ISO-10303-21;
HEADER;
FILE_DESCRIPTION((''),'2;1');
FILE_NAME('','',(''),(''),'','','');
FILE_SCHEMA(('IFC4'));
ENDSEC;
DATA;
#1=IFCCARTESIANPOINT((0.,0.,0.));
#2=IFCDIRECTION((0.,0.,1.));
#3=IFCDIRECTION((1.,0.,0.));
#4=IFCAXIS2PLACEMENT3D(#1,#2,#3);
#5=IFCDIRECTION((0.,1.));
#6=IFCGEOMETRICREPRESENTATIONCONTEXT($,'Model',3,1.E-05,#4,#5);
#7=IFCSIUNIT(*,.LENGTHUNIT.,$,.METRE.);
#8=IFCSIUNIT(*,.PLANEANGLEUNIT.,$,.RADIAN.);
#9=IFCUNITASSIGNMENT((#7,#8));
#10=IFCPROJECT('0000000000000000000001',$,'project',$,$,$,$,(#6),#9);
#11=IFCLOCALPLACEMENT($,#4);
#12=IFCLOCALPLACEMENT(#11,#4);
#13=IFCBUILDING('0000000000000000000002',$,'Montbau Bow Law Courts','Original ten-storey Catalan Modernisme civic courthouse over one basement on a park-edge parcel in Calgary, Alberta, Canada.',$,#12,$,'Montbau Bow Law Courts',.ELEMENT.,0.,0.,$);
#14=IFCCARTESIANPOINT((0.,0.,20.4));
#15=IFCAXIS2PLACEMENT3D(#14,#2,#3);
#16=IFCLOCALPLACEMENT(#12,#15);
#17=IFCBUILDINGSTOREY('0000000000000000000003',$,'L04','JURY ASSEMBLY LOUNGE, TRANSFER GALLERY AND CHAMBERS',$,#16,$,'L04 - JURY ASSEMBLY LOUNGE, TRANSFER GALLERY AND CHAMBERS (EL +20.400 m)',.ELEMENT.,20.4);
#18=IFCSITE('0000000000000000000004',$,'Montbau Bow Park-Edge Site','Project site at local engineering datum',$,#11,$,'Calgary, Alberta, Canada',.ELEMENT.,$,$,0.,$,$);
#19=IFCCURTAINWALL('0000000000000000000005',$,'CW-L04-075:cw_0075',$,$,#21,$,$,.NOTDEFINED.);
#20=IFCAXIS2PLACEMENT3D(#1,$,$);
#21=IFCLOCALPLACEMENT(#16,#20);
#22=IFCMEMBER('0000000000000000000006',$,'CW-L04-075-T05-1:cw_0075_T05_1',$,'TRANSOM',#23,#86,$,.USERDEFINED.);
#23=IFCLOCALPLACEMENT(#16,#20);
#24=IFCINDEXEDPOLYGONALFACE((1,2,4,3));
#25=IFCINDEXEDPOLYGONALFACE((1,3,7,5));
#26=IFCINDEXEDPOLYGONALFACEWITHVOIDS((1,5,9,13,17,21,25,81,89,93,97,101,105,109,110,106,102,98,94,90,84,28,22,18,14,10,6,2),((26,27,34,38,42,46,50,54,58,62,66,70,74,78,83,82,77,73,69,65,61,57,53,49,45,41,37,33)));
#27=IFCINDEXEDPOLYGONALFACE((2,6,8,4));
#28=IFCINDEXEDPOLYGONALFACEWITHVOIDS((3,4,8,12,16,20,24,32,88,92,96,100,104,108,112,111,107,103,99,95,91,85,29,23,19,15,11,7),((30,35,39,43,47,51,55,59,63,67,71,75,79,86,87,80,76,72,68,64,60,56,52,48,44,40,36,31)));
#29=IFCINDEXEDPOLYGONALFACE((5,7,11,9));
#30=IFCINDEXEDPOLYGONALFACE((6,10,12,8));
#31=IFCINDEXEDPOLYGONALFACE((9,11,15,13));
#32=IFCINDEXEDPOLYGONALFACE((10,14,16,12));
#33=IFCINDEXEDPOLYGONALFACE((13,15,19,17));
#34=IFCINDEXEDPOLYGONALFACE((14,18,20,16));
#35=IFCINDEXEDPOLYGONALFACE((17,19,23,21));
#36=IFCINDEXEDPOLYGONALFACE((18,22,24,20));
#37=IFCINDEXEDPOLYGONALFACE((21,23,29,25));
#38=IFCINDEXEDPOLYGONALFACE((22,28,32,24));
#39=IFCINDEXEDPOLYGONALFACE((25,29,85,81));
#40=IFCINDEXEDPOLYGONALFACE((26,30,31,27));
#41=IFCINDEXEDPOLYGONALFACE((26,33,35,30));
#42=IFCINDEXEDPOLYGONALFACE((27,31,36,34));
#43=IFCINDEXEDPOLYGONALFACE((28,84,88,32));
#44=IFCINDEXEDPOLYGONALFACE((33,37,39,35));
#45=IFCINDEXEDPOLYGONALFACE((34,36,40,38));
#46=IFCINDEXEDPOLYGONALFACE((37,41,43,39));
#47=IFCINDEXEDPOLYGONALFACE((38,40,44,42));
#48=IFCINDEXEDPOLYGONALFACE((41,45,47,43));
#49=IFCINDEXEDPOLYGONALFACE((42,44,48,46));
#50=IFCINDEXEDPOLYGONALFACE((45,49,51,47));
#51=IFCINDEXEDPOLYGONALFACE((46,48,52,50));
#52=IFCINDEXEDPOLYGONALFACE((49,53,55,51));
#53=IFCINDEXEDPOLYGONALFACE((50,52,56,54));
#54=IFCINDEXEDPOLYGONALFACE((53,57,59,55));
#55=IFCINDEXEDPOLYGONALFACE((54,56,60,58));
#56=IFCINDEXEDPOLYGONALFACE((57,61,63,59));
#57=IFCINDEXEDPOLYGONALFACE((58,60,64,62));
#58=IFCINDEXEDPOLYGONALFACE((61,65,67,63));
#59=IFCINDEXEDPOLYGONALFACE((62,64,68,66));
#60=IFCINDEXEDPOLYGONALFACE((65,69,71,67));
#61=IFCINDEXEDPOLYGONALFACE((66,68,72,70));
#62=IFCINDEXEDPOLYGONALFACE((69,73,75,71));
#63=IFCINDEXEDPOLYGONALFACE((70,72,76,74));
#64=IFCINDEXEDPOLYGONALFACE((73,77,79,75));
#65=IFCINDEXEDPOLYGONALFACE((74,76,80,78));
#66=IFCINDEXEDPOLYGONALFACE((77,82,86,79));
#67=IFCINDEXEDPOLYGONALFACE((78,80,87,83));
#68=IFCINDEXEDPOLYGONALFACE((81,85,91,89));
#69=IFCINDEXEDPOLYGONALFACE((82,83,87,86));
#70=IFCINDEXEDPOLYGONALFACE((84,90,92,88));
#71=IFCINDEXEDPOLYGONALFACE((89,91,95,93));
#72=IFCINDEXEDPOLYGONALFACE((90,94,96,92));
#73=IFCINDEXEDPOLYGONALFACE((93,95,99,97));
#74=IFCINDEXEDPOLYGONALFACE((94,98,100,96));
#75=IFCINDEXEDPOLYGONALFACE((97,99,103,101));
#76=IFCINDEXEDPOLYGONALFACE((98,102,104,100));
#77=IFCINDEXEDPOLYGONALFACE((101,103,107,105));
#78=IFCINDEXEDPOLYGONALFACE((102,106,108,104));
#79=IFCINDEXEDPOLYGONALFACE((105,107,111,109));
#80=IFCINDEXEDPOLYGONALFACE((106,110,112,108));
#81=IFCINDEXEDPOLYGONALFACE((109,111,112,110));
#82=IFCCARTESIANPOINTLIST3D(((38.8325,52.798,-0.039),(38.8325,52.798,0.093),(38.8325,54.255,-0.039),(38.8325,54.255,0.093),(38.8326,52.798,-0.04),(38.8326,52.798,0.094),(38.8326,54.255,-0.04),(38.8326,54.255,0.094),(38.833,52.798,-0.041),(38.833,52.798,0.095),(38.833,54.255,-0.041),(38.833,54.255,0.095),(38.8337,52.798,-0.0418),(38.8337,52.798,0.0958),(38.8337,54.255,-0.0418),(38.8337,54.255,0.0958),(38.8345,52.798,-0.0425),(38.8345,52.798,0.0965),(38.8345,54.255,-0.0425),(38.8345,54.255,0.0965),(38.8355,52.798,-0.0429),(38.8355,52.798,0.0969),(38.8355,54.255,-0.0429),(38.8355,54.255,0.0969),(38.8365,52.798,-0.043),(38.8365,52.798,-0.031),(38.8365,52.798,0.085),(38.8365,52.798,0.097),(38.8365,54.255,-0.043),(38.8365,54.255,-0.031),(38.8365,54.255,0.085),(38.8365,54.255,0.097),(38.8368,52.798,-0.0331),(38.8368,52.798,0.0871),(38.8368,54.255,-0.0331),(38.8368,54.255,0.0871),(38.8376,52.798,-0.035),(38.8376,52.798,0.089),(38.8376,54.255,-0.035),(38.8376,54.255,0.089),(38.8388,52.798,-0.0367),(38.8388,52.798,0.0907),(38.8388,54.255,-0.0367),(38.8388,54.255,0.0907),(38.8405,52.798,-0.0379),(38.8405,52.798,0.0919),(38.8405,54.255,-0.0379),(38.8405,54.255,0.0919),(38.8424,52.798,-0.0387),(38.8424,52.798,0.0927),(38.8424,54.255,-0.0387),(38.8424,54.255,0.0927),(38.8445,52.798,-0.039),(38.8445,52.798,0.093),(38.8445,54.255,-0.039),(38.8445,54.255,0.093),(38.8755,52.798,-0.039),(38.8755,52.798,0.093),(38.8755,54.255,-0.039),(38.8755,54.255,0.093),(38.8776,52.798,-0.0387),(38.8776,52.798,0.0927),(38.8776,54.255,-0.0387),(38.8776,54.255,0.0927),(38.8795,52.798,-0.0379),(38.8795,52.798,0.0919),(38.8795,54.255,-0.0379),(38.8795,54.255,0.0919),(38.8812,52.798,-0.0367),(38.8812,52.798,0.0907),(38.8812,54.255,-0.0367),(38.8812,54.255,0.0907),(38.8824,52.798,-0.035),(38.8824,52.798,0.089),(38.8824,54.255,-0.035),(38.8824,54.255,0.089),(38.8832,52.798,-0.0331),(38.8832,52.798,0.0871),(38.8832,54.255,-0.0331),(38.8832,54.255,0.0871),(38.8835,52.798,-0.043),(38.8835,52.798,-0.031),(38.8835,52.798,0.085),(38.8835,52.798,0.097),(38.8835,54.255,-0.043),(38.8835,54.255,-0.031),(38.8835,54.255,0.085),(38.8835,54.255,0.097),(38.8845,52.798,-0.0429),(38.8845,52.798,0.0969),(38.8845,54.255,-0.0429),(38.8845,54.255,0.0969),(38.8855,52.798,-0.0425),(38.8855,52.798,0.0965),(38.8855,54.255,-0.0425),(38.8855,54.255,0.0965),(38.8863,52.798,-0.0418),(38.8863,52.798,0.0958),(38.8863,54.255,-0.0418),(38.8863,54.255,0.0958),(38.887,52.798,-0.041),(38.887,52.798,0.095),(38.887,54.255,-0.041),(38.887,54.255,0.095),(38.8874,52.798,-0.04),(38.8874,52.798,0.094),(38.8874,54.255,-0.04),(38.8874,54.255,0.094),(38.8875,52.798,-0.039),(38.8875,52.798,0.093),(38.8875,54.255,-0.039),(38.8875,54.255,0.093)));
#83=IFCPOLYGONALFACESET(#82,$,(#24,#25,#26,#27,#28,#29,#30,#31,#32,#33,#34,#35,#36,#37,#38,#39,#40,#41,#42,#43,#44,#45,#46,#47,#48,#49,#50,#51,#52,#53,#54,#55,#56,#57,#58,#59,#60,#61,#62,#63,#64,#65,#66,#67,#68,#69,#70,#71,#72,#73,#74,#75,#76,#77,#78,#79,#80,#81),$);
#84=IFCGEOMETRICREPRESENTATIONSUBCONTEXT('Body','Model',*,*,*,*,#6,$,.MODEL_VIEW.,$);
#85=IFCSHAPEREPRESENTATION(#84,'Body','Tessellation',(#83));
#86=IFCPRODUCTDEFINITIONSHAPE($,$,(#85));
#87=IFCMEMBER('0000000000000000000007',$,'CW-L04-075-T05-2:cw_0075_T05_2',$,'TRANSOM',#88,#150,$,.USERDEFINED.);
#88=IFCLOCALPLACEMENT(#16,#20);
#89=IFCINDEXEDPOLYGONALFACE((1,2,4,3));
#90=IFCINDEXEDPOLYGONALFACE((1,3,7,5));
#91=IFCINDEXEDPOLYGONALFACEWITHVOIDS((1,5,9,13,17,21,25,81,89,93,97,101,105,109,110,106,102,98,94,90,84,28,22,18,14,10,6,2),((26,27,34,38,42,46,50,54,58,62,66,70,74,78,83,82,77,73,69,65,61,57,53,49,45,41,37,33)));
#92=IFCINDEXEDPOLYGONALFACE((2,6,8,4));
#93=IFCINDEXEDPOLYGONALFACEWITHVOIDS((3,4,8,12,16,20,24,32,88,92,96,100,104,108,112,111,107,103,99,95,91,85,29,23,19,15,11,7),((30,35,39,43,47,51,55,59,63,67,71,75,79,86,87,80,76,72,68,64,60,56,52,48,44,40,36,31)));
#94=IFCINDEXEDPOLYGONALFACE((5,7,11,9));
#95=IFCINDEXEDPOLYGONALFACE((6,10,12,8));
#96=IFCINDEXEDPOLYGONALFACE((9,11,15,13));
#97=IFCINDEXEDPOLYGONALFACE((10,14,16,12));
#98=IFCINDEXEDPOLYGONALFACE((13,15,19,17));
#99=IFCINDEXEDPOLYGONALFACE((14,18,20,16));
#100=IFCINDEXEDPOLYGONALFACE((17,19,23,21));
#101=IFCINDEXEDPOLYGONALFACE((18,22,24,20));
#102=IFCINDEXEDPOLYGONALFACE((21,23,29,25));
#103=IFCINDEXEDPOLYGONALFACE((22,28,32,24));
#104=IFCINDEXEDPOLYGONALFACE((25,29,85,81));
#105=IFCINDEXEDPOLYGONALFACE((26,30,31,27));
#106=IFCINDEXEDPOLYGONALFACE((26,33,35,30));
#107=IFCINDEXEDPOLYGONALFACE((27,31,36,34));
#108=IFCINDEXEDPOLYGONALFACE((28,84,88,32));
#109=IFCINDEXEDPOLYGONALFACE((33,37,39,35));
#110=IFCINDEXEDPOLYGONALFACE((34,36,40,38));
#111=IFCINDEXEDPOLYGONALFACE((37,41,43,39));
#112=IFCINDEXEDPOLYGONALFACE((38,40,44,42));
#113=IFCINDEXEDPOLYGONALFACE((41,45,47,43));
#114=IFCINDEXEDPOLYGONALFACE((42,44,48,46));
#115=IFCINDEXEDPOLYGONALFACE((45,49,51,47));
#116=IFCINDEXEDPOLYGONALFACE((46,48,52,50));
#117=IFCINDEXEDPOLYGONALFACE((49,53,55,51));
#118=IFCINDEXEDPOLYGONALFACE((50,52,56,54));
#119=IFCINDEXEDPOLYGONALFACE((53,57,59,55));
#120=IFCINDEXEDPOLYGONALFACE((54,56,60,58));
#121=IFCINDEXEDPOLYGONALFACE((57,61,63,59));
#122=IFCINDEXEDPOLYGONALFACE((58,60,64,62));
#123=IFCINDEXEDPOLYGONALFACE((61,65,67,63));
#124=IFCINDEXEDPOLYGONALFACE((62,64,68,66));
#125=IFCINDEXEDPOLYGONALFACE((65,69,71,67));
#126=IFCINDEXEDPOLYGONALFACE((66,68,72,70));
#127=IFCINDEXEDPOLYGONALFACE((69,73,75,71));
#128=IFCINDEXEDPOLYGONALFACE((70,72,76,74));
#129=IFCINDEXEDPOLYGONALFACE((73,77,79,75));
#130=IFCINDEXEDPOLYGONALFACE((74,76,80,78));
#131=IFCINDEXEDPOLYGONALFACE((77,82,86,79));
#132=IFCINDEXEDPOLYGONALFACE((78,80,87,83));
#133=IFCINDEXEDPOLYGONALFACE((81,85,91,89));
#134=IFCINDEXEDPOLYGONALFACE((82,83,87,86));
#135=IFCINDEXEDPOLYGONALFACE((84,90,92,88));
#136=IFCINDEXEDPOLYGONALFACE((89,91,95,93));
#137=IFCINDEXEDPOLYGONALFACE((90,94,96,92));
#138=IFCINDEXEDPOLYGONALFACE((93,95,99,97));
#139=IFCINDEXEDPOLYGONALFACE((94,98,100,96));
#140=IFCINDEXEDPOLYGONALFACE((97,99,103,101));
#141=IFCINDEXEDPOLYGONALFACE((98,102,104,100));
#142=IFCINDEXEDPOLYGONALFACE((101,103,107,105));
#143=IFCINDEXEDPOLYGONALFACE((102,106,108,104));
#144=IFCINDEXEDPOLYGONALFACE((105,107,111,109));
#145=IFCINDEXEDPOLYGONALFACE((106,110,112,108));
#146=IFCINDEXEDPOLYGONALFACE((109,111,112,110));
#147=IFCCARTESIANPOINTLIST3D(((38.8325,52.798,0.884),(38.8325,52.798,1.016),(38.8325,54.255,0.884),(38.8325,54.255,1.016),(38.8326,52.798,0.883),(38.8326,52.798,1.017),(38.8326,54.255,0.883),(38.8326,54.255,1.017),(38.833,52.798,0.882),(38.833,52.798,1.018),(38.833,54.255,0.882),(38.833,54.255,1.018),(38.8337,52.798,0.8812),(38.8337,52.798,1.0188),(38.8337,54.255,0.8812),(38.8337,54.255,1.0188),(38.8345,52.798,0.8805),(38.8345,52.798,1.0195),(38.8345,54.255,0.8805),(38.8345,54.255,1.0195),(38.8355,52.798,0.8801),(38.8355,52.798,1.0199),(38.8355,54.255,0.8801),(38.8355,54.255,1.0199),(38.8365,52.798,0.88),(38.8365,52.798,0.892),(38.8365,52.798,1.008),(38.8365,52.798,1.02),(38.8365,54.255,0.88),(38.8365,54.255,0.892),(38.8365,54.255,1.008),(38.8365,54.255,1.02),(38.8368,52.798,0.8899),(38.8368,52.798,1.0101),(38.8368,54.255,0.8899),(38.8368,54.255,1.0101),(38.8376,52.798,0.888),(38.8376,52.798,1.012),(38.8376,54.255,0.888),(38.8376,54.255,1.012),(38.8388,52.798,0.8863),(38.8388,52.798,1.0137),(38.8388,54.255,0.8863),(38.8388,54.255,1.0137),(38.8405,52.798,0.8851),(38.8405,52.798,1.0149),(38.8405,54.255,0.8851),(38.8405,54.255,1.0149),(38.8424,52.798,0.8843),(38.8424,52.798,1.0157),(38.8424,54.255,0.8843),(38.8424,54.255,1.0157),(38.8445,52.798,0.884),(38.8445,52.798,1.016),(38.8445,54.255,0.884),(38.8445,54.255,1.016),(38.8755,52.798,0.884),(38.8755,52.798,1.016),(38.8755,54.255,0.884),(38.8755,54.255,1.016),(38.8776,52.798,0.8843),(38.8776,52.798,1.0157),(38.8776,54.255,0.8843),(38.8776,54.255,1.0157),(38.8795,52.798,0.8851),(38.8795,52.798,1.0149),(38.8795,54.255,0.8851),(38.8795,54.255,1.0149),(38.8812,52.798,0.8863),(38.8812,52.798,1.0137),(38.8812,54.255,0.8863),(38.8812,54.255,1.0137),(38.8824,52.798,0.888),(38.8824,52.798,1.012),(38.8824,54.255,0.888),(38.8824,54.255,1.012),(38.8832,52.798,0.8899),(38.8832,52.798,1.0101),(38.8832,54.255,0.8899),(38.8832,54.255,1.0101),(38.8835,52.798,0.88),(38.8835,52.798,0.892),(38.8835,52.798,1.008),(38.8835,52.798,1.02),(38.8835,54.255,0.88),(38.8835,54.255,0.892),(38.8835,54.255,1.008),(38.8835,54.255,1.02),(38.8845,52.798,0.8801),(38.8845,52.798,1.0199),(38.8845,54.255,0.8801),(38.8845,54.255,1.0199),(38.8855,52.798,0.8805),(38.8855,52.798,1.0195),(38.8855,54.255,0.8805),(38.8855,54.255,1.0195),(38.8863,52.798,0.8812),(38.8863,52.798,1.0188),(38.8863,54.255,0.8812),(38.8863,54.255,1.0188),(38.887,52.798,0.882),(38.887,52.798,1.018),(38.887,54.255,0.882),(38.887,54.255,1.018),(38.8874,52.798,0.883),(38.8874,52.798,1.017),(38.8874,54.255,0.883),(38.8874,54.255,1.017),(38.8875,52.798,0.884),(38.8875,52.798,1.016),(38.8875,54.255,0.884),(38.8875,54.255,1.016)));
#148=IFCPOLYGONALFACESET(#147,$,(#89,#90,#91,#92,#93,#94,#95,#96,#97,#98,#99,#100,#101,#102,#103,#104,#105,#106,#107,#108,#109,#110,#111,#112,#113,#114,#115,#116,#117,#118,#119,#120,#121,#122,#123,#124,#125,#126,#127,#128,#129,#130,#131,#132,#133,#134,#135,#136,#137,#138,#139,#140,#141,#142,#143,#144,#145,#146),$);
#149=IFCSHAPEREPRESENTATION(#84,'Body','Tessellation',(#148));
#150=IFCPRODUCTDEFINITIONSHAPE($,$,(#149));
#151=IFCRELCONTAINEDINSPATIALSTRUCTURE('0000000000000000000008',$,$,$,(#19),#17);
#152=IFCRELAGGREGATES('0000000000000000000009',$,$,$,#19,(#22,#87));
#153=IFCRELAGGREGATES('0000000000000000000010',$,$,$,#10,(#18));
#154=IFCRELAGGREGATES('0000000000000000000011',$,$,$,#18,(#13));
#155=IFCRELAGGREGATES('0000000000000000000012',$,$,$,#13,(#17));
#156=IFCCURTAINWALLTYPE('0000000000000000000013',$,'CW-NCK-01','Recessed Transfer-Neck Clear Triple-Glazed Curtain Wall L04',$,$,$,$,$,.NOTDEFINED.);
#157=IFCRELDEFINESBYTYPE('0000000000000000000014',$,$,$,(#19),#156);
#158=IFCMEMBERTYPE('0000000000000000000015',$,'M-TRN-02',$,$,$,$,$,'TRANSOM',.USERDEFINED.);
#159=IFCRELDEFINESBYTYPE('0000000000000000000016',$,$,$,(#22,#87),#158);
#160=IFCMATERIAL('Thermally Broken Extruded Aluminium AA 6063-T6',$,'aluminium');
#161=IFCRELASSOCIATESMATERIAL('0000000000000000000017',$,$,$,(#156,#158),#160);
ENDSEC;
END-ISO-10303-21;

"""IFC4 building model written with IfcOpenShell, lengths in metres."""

from ifc_helpers import new_model, si_unit, direction, frame, origin_with_axes, origin_2d_with_axis, place, context, subcontext, project, spatial, hollow_rectangle, extrude, material, material_profile, profile_set, type_object, element, aggregate, save


model = new_model("IFC4")

# Units and contexts
model_context = context("Model", 3, precision=1e-05, world=origin_with_axes(), true_north=direction((0.0, 1.0)))
body_context = subcontext(model_context, "Body", "Model", "MODEL_VIEW")
ifc_project = project(units=[si_unit("LENGTHUNIT", "METRE"), si_unit("PLANEANGLEUNIT", "RADIAN")], contexts=[model_context])

# Site, building, storey
site_placement = place(None, origin_with_axes())
site = spatial("IfcSite", under=ifc_project, at=site_placement, Name="Montbau Bow Park-Edge Site", Description="Project site at local engineering datum", LongName="Calgary, Alberta, Canada", CompositionType="ELEMENT", RefElevation=0.0)
building_placement = place(site_placement, origin_with_axes())
building = spatial("IfcBuilding", under=site, at=building_placement, Name="Montbau Bow Law Courts", Description="Original ten-storey Catalan Modernisme civic courthouse over one basement on a park-edge parcel in Calgary, Alberta, Canada.", LongName="Montbau Bow Law Courts", CompositionType="ELEMENT", ElevationOfRefHeight=0.0, ElevationOfTerrain=0.0)
storey_placement = place(building_placement, frame((0.0, 0.0, 20.4), z_axis=(0.0, 0.0, 1.0), x_axis=(1.0, 0.0, 0.0)))
storey = spatial("IfcBuildingStorey", under=building, at=storey_placement, Name="L04", Description="JURY ASSEMBLY LOUNGE, TRANSFER GALLERY AND CHAMBERS", LongName="L04 - JURY ASSEMBLY LOUNGE, TRANSFER GALLERY AND CHAMBERS (EL +20.400 m)", CompositionType="ELEMENT", Elevation=20.4)

# Curtain wall
ifc_material_1 = material(Name="Thermally Broken Extruded Aluminium AA 6063-T6", Category="aluminium")
curtain_wall_type = type_object("IfcCurtainWallType", Name="CW-NCK-01", Description="Recessed Transfer-Neck Clear Triple-Glazed Curtain Wall L04", PredefinedType="NOTDEFINED", material=ifc_material_1)
curtain_wall_1_placement = place(None, frame((38.86, 46.468, 20.4), z_axis=(0.0, 0.0, 1.0), x_axis=(1.0, 0.0, 0.0)))
curtain_wall_1 = element("IfcCurtainWall", 1, at=curtain_wall_1_placement, inside=storey, type_object=curtain_wall_type, Name="CW-L04-075:cw_0075", PredefinedType="NOTDEFINED")

# Members
ifc_material_profile_1 = material_profile(ifc_material_1, hollow_rectangle(XDim=0.055, YDim=0.14, WallThickness=0.004, InnerFilletRadius=0.008, OuterFilletRadius=0.004, at=origin_2d_with_axis()), Name="CWT-140X55", Category="Main", Priority=0)
ifc_profile_set_1 = profile_set([ifc_material_profile_1], Name="Thermally Broken Extruded Aluminium AA 6063-T6")
member_type_1 = type_object("IfcMemberType", Name="M-TRN-02", ElementType="TRANSOM", PredefinedType="USERDEFINED", material=ifc_profile_set_1)
member_1_placement = place(None, frame((38.86, 52.798, 20.427), z_axis=(0.0, 1.0, 0.0), x_axis=(-1.0, 0.0, 0.0)))
member_1 = element("IfcMember", 2, at=member_1_placement, type_object=member_type_1, Name="CW-L04-075-T05-1:cw_0075_T05_1", ObjectType="TRANSOM", PredefinedType="USERDEFINED", context=body_context, shape_type="SweptSolid", body=[
    extrude(hollow_rectangle(XDim=0.055, YDim=0.14, WallThickness=0.004, InnerFilletRadius=0.008, OuterFilletRadius=0.004, at=origin_2d_with_axis()), origin_with_axes(), (0.0, 0.0, 1.0), 1.457),
])
member_2_placement = place(None, frame((38.86, 52.798, 21.35), z_axis=(0.0, 1.0, 0.0), x_axis=(-1.0, 0.0, 0.0)))
member_2 = element("IfcMember", 3, at=member_2_placement, type_object=member_type_1, Name="CW-L04-075-T05-2:cw_0075_T05_2", ObjectType="TRANSOM", PredefinedType="USERDEFINED", context=body_context, shape_type="SweptSolid", body=[
    extrude(hollow_rectangle(XDim=0.055, YDim=0.14, WallThickness=0.004, InnerFilletRadius=0.008, OuterFilletRadius=0.004, at=origin_2d_with_axis()), origin_with_axes(), (0.0, 0.0, 1.0), 1.457),
])

aggregate(curtain_wall_1, [member_1, member_2])

save(model, "model.ifc")
